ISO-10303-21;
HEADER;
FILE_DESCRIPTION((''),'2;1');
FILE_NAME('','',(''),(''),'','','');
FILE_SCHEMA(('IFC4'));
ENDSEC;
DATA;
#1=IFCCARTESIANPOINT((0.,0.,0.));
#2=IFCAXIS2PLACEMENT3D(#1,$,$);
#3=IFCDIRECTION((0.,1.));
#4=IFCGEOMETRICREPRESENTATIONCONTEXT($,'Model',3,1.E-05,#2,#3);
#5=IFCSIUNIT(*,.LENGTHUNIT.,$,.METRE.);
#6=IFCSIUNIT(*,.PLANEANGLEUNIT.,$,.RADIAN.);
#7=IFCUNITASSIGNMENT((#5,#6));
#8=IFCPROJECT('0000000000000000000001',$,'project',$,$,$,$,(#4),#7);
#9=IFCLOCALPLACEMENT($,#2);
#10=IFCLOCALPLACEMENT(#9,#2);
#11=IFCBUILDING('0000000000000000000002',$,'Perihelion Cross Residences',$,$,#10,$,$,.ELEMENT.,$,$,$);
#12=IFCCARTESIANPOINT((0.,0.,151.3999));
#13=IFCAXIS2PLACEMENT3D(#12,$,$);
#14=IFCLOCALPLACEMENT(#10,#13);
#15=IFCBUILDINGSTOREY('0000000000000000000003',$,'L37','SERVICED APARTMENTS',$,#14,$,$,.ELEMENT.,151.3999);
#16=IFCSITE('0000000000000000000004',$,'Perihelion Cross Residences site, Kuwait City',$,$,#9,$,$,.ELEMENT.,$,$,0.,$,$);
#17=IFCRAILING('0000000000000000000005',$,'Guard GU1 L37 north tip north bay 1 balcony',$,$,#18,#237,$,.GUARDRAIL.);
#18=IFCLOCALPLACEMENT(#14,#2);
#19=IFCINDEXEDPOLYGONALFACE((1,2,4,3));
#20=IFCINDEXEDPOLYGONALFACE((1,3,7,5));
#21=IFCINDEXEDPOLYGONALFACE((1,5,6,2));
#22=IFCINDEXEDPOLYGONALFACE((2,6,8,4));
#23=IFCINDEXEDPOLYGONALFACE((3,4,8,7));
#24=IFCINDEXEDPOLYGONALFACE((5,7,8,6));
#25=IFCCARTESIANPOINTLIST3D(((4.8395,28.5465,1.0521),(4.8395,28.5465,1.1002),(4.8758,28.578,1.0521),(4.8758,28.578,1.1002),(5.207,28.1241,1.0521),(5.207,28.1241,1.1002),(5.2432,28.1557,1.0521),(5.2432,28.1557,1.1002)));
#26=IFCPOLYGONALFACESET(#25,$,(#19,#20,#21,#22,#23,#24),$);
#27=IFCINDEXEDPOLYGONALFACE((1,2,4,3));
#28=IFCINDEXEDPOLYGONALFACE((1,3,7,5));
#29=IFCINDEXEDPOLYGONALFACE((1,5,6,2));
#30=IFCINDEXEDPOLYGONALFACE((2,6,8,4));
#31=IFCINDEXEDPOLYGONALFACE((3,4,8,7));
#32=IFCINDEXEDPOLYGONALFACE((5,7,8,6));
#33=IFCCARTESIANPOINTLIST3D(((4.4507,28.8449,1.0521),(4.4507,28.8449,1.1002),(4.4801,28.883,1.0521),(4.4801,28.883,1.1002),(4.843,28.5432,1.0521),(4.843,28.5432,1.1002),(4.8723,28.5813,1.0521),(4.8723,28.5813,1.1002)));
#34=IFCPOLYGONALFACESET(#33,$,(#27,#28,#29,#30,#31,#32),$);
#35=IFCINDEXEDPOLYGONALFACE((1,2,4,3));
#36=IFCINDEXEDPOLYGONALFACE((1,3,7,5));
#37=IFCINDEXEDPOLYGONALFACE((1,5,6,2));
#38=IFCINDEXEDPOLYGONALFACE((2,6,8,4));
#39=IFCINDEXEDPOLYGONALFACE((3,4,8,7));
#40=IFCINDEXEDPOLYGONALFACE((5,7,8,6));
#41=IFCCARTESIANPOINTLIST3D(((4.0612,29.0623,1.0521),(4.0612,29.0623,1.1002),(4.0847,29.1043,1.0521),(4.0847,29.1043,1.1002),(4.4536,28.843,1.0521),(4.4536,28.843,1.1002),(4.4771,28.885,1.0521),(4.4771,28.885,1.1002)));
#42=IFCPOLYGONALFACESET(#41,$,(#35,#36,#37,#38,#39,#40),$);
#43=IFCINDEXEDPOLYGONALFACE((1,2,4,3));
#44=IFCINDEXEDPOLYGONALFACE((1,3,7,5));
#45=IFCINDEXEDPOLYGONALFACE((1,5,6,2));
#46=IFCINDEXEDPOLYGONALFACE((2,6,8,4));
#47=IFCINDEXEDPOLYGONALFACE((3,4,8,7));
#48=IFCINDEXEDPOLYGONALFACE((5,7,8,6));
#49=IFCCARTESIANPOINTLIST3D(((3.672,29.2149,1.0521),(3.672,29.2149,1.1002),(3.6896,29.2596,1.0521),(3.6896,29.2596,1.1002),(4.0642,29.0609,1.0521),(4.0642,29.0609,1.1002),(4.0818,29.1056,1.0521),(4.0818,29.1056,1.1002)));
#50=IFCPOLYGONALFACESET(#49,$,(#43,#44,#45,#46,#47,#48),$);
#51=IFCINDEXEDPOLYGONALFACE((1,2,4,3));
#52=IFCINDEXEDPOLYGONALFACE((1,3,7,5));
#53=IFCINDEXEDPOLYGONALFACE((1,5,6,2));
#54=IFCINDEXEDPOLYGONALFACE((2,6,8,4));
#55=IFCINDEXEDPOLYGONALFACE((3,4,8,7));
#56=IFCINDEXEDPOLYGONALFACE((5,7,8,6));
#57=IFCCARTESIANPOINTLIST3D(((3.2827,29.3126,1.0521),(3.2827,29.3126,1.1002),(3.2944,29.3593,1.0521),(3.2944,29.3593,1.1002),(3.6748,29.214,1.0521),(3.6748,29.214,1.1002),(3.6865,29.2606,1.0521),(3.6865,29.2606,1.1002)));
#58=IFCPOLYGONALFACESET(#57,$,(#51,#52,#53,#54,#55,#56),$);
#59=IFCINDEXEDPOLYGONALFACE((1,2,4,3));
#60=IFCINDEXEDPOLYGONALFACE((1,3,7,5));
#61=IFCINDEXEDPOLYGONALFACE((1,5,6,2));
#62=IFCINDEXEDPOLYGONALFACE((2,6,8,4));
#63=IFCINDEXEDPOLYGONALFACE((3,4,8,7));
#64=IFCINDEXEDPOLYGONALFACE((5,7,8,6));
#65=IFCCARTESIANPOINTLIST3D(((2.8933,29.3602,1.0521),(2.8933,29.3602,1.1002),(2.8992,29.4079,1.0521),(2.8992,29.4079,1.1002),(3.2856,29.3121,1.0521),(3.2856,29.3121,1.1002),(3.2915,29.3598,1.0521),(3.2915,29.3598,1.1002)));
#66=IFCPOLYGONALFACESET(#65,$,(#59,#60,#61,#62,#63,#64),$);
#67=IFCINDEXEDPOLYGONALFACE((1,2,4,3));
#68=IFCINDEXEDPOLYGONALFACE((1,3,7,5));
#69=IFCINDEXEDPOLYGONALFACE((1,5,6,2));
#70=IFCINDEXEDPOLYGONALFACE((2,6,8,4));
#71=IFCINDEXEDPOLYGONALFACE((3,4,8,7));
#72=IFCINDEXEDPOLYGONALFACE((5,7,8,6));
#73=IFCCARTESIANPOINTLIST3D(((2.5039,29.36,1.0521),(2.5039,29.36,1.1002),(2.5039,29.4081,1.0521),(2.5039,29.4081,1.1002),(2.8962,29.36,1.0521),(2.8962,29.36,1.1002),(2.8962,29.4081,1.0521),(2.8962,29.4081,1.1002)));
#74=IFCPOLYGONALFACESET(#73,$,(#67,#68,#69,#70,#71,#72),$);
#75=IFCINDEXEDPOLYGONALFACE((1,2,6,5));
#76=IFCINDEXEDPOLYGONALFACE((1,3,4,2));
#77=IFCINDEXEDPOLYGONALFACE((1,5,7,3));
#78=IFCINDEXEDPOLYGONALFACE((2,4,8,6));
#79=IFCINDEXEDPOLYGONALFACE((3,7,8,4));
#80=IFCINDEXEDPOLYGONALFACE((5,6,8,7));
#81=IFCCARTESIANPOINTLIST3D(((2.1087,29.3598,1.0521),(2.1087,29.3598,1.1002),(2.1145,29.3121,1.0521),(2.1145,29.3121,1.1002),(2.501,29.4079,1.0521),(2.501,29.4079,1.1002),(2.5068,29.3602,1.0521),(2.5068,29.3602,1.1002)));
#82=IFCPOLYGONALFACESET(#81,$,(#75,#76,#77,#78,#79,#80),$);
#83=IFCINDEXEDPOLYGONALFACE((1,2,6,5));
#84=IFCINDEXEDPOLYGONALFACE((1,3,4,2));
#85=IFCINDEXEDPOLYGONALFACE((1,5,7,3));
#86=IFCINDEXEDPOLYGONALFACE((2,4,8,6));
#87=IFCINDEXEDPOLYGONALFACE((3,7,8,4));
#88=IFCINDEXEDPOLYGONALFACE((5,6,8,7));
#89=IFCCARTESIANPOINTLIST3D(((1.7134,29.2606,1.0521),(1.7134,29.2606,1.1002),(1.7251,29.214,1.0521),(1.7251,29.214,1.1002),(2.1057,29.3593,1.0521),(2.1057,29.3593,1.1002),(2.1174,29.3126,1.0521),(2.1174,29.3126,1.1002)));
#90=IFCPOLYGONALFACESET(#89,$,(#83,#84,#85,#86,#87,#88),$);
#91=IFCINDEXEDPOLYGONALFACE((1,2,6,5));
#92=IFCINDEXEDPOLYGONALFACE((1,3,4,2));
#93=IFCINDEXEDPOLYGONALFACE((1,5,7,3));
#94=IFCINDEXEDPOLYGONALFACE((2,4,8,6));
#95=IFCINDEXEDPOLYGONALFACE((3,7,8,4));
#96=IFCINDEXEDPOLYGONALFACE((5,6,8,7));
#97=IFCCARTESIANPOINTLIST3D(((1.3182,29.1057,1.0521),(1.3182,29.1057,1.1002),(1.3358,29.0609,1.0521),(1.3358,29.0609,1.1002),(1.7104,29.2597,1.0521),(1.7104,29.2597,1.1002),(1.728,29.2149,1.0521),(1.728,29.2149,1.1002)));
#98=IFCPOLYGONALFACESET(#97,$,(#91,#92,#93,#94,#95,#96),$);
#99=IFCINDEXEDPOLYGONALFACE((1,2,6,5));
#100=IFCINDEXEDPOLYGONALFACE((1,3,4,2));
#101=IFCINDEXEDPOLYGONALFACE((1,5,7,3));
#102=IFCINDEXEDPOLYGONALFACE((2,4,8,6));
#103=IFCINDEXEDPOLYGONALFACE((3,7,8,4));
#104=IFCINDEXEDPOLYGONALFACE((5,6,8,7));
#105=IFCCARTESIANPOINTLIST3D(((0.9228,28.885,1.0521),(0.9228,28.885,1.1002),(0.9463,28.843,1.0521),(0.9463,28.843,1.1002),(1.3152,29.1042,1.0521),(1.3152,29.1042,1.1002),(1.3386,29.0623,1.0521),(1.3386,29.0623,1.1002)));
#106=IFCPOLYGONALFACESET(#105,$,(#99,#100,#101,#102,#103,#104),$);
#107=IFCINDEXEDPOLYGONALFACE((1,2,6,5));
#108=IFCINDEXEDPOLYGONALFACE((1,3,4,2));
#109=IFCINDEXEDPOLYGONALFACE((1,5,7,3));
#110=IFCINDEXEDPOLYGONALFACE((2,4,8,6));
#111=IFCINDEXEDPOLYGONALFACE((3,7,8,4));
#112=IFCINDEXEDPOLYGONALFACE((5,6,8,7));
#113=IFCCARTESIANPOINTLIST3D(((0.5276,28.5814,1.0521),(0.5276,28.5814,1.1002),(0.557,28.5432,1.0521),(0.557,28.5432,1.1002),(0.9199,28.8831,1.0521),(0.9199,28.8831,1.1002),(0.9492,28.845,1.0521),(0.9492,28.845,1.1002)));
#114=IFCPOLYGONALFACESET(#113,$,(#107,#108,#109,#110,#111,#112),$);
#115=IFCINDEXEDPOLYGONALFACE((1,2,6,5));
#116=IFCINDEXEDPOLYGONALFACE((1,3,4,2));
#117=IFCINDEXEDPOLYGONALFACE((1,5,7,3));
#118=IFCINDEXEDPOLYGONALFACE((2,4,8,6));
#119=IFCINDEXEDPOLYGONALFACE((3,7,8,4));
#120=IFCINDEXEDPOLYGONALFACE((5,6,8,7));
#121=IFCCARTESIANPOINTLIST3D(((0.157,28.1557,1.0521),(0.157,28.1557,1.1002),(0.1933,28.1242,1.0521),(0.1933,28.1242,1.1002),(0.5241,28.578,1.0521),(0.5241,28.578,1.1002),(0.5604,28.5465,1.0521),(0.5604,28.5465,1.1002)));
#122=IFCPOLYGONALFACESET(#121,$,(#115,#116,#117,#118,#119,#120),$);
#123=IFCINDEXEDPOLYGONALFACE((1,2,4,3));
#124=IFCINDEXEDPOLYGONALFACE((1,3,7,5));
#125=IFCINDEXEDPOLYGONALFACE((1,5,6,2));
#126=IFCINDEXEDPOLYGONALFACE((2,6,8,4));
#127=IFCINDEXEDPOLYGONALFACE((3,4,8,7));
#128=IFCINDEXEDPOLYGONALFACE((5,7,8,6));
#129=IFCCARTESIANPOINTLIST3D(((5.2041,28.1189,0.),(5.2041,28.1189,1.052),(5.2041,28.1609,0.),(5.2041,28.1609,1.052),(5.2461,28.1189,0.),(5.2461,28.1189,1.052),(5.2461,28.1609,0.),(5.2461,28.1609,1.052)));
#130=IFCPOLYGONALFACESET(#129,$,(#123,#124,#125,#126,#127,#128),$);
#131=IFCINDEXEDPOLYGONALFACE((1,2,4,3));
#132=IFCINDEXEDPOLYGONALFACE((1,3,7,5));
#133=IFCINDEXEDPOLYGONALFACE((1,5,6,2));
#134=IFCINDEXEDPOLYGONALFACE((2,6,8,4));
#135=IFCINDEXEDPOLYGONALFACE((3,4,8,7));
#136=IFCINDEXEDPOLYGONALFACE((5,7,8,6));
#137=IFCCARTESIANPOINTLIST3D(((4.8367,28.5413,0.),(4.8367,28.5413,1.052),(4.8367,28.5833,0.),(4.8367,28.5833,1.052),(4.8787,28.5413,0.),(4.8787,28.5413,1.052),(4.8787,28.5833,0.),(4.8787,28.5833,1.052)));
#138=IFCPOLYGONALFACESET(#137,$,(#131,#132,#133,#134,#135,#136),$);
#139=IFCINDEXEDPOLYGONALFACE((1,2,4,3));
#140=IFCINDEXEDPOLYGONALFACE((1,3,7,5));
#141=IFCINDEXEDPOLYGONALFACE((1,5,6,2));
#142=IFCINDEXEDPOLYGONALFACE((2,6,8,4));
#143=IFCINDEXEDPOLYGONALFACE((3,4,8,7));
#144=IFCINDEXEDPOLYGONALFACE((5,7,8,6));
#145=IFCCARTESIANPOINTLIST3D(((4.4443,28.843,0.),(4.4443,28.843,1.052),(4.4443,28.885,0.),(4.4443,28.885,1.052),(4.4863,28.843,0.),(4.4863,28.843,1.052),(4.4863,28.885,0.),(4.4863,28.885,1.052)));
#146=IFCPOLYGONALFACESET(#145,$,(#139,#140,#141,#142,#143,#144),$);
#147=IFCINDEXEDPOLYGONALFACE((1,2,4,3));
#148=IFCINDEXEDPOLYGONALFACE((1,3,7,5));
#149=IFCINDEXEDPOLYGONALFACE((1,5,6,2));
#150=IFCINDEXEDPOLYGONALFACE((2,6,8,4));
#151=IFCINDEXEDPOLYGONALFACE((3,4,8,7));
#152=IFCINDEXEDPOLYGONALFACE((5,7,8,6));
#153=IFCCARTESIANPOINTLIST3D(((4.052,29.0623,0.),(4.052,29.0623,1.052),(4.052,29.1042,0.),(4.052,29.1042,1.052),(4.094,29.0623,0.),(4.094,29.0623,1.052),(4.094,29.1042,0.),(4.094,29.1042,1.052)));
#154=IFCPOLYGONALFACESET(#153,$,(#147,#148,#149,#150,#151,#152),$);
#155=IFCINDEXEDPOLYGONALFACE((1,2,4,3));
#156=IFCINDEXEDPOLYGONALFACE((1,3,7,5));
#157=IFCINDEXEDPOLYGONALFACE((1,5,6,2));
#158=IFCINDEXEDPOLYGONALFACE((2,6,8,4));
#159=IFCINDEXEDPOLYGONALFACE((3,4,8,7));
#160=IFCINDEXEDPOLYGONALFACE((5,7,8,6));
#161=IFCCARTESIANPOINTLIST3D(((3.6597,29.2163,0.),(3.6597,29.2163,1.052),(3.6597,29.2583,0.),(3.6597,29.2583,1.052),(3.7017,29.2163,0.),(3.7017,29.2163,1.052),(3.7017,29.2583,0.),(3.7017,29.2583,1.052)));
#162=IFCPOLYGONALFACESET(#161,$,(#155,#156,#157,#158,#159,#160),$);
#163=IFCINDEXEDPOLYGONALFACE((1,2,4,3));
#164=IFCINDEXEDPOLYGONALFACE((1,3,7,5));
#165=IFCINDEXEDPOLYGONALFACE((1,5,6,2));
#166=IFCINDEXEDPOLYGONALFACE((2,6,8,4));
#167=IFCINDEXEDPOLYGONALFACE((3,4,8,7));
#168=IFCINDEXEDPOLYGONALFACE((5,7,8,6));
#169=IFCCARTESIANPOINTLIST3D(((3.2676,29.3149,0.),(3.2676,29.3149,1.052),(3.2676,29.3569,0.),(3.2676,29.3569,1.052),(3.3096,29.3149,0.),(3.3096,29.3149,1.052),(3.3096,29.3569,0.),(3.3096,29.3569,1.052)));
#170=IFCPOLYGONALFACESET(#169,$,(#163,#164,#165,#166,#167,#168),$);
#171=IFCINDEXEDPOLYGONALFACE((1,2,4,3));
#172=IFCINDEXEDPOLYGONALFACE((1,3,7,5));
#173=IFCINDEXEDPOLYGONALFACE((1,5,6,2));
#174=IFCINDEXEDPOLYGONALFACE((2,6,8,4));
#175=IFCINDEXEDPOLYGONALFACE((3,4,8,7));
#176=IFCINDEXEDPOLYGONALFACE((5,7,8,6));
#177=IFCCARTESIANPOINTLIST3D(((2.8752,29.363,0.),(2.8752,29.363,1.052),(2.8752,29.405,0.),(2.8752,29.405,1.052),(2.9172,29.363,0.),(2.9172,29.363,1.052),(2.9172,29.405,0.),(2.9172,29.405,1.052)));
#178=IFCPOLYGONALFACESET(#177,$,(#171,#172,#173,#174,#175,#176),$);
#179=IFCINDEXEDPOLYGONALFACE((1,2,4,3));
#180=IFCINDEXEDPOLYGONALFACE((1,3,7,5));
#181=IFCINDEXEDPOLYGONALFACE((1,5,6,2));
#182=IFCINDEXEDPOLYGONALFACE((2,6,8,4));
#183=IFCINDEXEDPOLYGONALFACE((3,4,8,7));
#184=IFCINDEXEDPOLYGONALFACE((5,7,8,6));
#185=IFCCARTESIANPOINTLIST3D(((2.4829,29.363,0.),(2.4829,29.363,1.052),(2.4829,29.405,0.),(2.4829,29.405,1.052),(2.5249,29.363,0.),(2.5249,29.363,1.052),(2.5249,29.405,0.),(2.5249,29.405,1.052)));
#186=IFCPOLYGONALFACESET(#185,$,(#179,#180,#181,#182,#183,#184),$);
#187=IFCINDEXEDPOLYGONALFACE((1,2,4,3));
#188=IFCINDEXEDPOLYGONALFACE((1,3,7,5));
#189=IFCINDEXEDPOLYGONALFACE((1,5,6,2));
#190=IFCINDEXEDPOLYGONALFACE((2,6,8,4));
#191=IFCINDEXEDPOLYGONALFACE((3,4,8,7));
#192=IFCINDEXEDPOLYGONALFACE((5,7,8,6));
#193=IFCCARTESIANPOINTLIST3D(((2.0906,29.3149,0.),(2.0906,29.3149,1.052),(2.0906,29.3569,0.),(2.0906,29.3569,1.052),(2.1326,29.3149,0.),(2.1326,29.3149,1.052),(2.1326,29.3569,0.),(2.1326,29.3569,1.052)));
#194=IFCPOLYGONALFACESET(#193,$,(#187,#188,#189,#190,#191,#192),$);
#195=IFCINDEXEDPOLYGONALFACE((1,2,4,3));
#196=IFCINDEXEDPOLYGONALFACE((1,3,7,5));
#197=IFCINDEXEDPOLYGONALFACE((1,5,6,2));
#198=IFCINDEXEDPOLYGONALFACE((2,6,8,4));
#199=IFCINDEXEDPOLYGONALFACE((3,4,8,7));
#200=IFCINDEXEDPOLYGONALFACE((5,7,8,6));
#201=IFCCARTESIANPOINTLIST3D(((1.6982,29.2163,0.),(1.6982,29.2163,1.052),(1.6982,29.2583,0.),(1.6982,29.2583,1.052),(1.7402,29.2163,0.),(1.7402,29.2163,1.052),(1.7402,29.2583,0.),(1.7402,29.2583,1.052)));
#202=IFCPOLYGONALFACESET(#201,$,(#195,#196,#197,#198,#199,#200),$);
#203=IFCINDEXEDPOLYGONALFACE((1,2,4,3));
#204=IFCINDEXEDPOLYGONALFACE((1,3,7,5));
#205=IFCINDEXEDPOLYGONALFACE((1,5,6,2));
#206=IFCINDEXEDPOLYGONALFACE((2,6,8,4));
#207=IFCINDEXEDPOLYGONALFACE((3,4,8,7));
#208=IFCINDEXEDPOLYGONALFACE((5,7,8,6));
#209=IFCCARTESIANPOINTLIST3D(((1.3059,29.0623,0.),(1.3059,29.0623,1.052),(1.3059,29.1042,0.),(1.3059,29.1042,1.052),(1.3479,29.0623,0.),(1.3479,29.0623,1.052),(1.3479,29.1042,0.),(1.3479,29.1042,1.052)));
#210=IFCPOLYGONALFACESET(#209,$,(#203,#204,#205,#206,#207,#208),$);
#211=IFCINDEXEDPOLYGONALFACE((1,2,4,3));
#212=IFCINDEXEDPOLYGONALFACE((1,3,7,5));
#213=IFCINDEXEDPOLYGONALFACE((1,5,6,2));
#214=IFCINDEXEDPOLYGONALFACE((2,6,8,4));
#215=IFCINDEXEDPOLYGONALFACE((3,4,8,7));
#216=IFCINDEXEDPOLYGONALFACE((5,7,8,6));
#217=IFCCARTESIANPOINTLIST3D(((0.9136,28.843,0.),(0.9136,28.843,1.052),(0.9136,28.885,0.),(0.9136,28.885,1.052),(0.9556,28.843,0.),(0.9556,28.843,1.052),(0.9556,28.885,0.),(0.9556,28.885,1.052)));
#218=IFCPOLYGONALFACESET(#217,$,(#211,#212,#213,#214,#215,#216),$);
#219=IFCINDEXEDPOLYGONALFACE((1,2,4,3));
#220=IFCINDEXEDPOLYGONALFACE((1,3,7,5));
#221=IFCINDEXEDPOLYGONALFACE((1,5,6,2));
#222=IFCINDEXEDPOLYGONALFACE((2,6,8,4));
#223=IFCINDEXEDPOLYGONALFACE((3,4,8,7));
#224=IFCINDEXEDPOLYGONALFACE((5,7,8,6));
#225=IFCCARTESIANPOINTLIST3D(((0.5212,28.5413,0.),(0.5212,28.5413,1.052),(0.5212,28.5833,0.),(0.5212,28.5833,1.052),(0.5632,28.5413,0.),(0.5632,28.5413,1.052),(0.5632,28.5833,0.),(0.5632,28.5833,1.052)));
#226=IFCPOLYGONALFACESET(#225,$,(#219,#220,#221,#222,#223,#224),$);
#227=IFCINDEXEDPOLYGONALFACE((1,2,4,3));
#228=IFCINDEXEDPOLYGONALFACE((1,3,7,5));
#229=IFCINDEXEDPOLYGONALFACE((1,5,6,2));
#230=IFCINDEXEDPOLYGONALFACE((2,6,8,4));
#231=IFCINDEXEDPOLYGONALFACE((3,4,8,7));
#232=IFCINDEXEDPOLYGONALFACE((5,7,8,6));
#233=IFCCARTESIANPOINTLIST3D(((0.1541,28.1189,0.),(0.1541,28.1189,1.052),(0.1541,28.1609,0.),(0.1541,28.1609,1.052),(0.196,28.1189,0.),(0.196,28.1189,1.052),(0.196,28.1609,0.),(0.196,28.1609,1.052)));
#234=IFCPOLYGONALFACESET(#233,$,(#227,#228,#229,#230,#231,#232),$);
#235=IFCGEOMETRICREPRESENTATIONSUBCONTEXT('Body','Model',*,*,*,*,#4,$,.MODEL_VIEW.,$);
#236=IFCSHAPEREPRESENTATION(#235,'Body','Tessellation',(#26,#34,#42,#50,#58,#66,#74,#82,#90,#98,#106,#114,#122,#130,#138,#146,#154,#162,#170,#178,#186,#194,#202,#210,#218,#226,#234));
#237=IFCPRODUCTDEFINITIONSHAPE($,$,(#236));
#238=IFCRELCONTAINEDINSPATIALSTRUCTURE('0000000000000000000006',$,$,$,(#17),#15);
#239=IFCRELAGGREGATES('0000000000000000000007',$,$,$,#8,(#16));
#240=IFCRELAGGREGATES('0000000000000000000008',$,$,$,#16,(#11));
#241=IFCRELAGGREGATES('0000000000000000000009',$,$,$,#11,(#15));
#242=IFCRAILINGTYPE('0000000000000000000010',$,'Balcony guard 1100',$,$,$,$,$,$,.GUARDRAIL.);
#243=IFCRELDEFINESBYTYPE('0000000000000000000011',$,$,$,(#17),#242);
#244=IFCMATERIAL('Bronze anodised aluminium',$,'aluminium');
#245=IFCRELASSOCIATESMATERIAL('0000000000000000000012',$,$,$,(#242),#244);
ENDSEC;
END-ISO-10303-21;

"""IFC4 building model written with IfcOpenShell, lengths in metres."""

from ifc_helpers import new_model, si_unit, direction, frame, origin, origin_2d, place, context, subcontext, project, spatial, rectangle, extrude, material, type_object, element, save


model = new_model("IFC4")

# Units and contexts
model_context = context("Model", 3, precision=1e-05, world=origin(), true_north=direction((0.0, 1.0)))
body_context = subcontext(model_context, "Body", "Model", "MODEL_VIEW")
ifc_project = project(units=[si_unit("LENGTHUNIT", "METRE"), si_unit("PLANEANGLEUNIT", "RADIAN")], contexts=[model_context])

# Site, building, storey
site_placement = place(None, origin())
site = spatial("IfcSite", under=ifc_project, at=site_placement, Name="Perihelion Cross Residences site, Kuwait City", CompositionType="ELEMENT", RefElevation=0.0)
building_placement = place(site_placement, origin())
building = spatial("IfcBuilding", under=site, at=building_placement, Name="Perihelion Cross Residences", CompositionType="ELEMENT")
storey_placement = place(building_placement, frame((0.0, 0.0, 151.3999)))
storey = spatial("IfcBuildingStorey", under=building, at=storey_placement, Name="L37", Description="SERVICED APARTMENTS", CompositionType="ELEMENT", Elevation=151.3999)

# Railing
ifc_material_1 = material(Name="Bronze anodised aluminium", Category="aluminium")
railing_type = type_object("IfcRailingType", Name="Balcony guard 1100", PredefinedType="GUARDRAIL", material=ifc_material_1)
railing_placement = place(storey_placement, frame((5.2251, 28.1399, 0.0)))
element("IfcRailing", 1, at=railing_placement, inside=storey, type_object=railing_type, Name="Guard GU1 L37 north tip north bay 1 balcony", PredefinedType="GUARDRAIL", context=body_context, shape_type="SweptSolid", body=[
    extrude(rectangle(XDim=0.0481, YDim=0.0481, at=origin_2d()), frame((0.0, 0.0, 1.0762), z_axis=(-0.656341, 0.754465, 0.0), x_axis=(-0.754465, -0.656341, 0.0)), (0.0, 0.0, 1.0), 0.5598),
    extrude(rectangle(XDim=0.0481, YDim=0.0481, at=origin_2d()), frame((-0.3674, 0.4224, 1.0762), z_axis=(-0.792661, 0.609663, 0.0), x_axis=(-0.609663, -0.792661, 0.0)), (0.0, 0.0, 1.0), 0.4949),
    extrude(rectangle(XDim=0.0481, YDim=0.0481, at=origin_2d()), frame((-0.7598, 0.7241, 1.0762), z_axis=(-0.87295, 0.487809, 0.0), x_axis=(-0.487809, -0.87295, 0.0)), (0.0, 0.0, 1.0), 0.4495),
    extrude(rectangle(XDim=0.0481, YDim=0.0481, at=origin_2d()), frame((-1.1521, 0.9434, 1.0762), z_axis=(-0.930815, 0.365491, 0.0), x_axis=(-0.365491, -0.930815, 0.0)), (0.0, 0.0, 1.0), 0.4214),
    extrude(rectangle(XDim=0.0481, YDim=0.0481, at=origin_2d()), frame((-1.5444, 1.0974, 1.0762), z_axis=(-0.969786, 0.243956, 0.0), x_axis=(-0.243956, -0.969786, 0.0)), (0.0, 0.0, 1.0), 0.4043),
    extrude(rectangle(XDim=0.0481, YDim=0.0481, at=origin_2d()), frame((-1.9365, 1.196, 1.0762), z_axis=(-0.99257, 0.121678, 0.0), x_axis=(-0.121678, -0.99257, 0.0)), (0.0, 0.0, 1.0), 0.3953),
    extrude(rectangle(XDim=0.0481, YDim=0.0481, at=origin_2d()), frame((-2.3289, 1.2441, 1.0762), z_axis=(-1.0, 0.0, 0.0), x_axis=(0.0, -1.0, 0.0)), (0.0, 0.0, 1.0), 0.3923),
    extrude(rectangle(XDim=0.0481, YDim=0.0481, at=origin_2d()), frame((-2.7212, 1.2441, 1.0762), z_axis=(-0.99257, -0.121678, 0.0), x_axis=(0.121678, -0.99257, 0.0)), (0.0, 0.0, 1.0), 0.3953),
    extrude(rectangle(XDim=0.0481, YDim=0.0481, at=origin_2d()), frame((-3.1135, 1.196, 1.0762), z_axis=(-0.969822, -0.243813, 0.0), x_axis=(0.243813, -0.969822, 0.0)), (0.0, 0.0, 1.0), 0.4045),
    extrude(rectangle(XDim=0.0481, YDim=0.0481, at=origin_2d()), frame((-3.5059, 1.0974, 1.0762), z_axis=(-0.930815, -0.365491, 0.0), x_axis=(0.365491, -0.930815, 0.0)), (0.0, 0.0, 1.0), 0.4214),
    extrude(rectangle(XDim=0.0481, YDim=0.0481, at=origin_2d()), frame((-3.8982, 0.9434, 1.0762), z_axis=(-0.87295, -0.487809, 0.0), x_axis=(0.487809, -0.87295, 0.0)), (0.0, 0.0, 1.0), 0.4495),
    extrude(rectangle(XDim=0.0481, YDim=0.0481, at=origin_2d()), frame((-4.2905, 0.7241, 1.0762), z_axis=(-0.792661, -0.609663, 0.0), x_axis=(0.609663, -0.792661, 0.0)), (0.0, 0.0, 1.0), 0.4949),
    extrude(rectangle(XDim=0.0481, YDim=0.0481, at=origin_2d()), frame((-4.6829, 0.4224, 1.0762), z_axis=(-0.656092, -0.754681, 0.0), x_axis=(0.754681, -0.656092, 0.0)), (0.0, 0.0, 1.0), 0.5596),
    extrude(rectangle(XDim=0.042, YDim=0.042, at=origin_2d()), origin(), (0.0, 0.0, 1.0), 1.052),
    extrude(rectangle(XDim=0.042, YDim=0.042, at=origin_2d()), frame((-0.3674, 0.4224, 0.0)), (0.0, 0.0, 1.0), 1.052),
    extrude(rectangle(XDim=0.042, YDim=0.042, at=origin_2d()), frame((-0.7598, 0.7241, 0.0)), (0.0, 0.0, 1.0), 1.052),
    extrude(rectangle(XDim=0.042, YDim=0.042, at=origin_2d()), frame((-1.1521, 0.9434, 0.0)), (0.0, 0.0, 1.0), 1.052),
    extrude(rectangle(XDim=0.042, YDim=0.042, at=origin_2d()), frame((-1.5444, 1.0974, 0.0)), (0.0, 0.0, 1.0), 1.052),
    extrude(rectangle(XDim=0.042, YDim=0.042, at=origin_2d()), frame((-1.9365, 1.196, 0.0)), (0.0, 0.0, 1.0), 1.052),
    extrude(rectangle(XDim=0.042, YDim=0.042, at=origin_2d()), frame((-2.3289, 1.2441, 0.0)), (0.0, 0.0, 1.0), 1.052),
    extrude(rectangle(XDim=0.042, YDim=0.042, at=origin_2d()), frame((-2.7212, 1.2441, 0.0)), (0.0, 0.0, 1.0), 1.052),
    extrude(rectangle(XDim=0.042, YDim=0.042, at=origin_2d()), frame((-3.1135, 1.196, 0.0)), (0.0, 0.0, 1.0), 1.052),
    extrude(rectangle(XDim=0.042, YDim=0.042, at=origin_2d()), frame((-3.5059, 1.0974, 0.0)), (0.0, 0.0, 1.0), 1.052),
    extrude(rectangle(XDim=0.042, YDim=0.042, at=origin_2d()), frame((-3.8982, 0.9434, 0.0)), (0.0, 0.0, 1.0), 1.052),
    extrude(rectangle(XDim=0.042, YDim=0.042, at=origin_2d()), frame((-4.2905, 0.7241, 0.0)), (0.0, 0.0, 1.0), 1.052),
    extrude(rectangle(XDim=0.042, YDim=0.042, at=origin_2d()), frame((-4.6829, 0.4224, 0.0)), (0.0, 0.0, 1.0), 1.052),
    extrude(rectangle(XDim=0.042, YDim=0.042, at=origin_2d()), frame((-5.05, 0.0, 0.0)), (0.0, 0.0, 1.0), 1.052),
])

save(model, "model.ifc")
